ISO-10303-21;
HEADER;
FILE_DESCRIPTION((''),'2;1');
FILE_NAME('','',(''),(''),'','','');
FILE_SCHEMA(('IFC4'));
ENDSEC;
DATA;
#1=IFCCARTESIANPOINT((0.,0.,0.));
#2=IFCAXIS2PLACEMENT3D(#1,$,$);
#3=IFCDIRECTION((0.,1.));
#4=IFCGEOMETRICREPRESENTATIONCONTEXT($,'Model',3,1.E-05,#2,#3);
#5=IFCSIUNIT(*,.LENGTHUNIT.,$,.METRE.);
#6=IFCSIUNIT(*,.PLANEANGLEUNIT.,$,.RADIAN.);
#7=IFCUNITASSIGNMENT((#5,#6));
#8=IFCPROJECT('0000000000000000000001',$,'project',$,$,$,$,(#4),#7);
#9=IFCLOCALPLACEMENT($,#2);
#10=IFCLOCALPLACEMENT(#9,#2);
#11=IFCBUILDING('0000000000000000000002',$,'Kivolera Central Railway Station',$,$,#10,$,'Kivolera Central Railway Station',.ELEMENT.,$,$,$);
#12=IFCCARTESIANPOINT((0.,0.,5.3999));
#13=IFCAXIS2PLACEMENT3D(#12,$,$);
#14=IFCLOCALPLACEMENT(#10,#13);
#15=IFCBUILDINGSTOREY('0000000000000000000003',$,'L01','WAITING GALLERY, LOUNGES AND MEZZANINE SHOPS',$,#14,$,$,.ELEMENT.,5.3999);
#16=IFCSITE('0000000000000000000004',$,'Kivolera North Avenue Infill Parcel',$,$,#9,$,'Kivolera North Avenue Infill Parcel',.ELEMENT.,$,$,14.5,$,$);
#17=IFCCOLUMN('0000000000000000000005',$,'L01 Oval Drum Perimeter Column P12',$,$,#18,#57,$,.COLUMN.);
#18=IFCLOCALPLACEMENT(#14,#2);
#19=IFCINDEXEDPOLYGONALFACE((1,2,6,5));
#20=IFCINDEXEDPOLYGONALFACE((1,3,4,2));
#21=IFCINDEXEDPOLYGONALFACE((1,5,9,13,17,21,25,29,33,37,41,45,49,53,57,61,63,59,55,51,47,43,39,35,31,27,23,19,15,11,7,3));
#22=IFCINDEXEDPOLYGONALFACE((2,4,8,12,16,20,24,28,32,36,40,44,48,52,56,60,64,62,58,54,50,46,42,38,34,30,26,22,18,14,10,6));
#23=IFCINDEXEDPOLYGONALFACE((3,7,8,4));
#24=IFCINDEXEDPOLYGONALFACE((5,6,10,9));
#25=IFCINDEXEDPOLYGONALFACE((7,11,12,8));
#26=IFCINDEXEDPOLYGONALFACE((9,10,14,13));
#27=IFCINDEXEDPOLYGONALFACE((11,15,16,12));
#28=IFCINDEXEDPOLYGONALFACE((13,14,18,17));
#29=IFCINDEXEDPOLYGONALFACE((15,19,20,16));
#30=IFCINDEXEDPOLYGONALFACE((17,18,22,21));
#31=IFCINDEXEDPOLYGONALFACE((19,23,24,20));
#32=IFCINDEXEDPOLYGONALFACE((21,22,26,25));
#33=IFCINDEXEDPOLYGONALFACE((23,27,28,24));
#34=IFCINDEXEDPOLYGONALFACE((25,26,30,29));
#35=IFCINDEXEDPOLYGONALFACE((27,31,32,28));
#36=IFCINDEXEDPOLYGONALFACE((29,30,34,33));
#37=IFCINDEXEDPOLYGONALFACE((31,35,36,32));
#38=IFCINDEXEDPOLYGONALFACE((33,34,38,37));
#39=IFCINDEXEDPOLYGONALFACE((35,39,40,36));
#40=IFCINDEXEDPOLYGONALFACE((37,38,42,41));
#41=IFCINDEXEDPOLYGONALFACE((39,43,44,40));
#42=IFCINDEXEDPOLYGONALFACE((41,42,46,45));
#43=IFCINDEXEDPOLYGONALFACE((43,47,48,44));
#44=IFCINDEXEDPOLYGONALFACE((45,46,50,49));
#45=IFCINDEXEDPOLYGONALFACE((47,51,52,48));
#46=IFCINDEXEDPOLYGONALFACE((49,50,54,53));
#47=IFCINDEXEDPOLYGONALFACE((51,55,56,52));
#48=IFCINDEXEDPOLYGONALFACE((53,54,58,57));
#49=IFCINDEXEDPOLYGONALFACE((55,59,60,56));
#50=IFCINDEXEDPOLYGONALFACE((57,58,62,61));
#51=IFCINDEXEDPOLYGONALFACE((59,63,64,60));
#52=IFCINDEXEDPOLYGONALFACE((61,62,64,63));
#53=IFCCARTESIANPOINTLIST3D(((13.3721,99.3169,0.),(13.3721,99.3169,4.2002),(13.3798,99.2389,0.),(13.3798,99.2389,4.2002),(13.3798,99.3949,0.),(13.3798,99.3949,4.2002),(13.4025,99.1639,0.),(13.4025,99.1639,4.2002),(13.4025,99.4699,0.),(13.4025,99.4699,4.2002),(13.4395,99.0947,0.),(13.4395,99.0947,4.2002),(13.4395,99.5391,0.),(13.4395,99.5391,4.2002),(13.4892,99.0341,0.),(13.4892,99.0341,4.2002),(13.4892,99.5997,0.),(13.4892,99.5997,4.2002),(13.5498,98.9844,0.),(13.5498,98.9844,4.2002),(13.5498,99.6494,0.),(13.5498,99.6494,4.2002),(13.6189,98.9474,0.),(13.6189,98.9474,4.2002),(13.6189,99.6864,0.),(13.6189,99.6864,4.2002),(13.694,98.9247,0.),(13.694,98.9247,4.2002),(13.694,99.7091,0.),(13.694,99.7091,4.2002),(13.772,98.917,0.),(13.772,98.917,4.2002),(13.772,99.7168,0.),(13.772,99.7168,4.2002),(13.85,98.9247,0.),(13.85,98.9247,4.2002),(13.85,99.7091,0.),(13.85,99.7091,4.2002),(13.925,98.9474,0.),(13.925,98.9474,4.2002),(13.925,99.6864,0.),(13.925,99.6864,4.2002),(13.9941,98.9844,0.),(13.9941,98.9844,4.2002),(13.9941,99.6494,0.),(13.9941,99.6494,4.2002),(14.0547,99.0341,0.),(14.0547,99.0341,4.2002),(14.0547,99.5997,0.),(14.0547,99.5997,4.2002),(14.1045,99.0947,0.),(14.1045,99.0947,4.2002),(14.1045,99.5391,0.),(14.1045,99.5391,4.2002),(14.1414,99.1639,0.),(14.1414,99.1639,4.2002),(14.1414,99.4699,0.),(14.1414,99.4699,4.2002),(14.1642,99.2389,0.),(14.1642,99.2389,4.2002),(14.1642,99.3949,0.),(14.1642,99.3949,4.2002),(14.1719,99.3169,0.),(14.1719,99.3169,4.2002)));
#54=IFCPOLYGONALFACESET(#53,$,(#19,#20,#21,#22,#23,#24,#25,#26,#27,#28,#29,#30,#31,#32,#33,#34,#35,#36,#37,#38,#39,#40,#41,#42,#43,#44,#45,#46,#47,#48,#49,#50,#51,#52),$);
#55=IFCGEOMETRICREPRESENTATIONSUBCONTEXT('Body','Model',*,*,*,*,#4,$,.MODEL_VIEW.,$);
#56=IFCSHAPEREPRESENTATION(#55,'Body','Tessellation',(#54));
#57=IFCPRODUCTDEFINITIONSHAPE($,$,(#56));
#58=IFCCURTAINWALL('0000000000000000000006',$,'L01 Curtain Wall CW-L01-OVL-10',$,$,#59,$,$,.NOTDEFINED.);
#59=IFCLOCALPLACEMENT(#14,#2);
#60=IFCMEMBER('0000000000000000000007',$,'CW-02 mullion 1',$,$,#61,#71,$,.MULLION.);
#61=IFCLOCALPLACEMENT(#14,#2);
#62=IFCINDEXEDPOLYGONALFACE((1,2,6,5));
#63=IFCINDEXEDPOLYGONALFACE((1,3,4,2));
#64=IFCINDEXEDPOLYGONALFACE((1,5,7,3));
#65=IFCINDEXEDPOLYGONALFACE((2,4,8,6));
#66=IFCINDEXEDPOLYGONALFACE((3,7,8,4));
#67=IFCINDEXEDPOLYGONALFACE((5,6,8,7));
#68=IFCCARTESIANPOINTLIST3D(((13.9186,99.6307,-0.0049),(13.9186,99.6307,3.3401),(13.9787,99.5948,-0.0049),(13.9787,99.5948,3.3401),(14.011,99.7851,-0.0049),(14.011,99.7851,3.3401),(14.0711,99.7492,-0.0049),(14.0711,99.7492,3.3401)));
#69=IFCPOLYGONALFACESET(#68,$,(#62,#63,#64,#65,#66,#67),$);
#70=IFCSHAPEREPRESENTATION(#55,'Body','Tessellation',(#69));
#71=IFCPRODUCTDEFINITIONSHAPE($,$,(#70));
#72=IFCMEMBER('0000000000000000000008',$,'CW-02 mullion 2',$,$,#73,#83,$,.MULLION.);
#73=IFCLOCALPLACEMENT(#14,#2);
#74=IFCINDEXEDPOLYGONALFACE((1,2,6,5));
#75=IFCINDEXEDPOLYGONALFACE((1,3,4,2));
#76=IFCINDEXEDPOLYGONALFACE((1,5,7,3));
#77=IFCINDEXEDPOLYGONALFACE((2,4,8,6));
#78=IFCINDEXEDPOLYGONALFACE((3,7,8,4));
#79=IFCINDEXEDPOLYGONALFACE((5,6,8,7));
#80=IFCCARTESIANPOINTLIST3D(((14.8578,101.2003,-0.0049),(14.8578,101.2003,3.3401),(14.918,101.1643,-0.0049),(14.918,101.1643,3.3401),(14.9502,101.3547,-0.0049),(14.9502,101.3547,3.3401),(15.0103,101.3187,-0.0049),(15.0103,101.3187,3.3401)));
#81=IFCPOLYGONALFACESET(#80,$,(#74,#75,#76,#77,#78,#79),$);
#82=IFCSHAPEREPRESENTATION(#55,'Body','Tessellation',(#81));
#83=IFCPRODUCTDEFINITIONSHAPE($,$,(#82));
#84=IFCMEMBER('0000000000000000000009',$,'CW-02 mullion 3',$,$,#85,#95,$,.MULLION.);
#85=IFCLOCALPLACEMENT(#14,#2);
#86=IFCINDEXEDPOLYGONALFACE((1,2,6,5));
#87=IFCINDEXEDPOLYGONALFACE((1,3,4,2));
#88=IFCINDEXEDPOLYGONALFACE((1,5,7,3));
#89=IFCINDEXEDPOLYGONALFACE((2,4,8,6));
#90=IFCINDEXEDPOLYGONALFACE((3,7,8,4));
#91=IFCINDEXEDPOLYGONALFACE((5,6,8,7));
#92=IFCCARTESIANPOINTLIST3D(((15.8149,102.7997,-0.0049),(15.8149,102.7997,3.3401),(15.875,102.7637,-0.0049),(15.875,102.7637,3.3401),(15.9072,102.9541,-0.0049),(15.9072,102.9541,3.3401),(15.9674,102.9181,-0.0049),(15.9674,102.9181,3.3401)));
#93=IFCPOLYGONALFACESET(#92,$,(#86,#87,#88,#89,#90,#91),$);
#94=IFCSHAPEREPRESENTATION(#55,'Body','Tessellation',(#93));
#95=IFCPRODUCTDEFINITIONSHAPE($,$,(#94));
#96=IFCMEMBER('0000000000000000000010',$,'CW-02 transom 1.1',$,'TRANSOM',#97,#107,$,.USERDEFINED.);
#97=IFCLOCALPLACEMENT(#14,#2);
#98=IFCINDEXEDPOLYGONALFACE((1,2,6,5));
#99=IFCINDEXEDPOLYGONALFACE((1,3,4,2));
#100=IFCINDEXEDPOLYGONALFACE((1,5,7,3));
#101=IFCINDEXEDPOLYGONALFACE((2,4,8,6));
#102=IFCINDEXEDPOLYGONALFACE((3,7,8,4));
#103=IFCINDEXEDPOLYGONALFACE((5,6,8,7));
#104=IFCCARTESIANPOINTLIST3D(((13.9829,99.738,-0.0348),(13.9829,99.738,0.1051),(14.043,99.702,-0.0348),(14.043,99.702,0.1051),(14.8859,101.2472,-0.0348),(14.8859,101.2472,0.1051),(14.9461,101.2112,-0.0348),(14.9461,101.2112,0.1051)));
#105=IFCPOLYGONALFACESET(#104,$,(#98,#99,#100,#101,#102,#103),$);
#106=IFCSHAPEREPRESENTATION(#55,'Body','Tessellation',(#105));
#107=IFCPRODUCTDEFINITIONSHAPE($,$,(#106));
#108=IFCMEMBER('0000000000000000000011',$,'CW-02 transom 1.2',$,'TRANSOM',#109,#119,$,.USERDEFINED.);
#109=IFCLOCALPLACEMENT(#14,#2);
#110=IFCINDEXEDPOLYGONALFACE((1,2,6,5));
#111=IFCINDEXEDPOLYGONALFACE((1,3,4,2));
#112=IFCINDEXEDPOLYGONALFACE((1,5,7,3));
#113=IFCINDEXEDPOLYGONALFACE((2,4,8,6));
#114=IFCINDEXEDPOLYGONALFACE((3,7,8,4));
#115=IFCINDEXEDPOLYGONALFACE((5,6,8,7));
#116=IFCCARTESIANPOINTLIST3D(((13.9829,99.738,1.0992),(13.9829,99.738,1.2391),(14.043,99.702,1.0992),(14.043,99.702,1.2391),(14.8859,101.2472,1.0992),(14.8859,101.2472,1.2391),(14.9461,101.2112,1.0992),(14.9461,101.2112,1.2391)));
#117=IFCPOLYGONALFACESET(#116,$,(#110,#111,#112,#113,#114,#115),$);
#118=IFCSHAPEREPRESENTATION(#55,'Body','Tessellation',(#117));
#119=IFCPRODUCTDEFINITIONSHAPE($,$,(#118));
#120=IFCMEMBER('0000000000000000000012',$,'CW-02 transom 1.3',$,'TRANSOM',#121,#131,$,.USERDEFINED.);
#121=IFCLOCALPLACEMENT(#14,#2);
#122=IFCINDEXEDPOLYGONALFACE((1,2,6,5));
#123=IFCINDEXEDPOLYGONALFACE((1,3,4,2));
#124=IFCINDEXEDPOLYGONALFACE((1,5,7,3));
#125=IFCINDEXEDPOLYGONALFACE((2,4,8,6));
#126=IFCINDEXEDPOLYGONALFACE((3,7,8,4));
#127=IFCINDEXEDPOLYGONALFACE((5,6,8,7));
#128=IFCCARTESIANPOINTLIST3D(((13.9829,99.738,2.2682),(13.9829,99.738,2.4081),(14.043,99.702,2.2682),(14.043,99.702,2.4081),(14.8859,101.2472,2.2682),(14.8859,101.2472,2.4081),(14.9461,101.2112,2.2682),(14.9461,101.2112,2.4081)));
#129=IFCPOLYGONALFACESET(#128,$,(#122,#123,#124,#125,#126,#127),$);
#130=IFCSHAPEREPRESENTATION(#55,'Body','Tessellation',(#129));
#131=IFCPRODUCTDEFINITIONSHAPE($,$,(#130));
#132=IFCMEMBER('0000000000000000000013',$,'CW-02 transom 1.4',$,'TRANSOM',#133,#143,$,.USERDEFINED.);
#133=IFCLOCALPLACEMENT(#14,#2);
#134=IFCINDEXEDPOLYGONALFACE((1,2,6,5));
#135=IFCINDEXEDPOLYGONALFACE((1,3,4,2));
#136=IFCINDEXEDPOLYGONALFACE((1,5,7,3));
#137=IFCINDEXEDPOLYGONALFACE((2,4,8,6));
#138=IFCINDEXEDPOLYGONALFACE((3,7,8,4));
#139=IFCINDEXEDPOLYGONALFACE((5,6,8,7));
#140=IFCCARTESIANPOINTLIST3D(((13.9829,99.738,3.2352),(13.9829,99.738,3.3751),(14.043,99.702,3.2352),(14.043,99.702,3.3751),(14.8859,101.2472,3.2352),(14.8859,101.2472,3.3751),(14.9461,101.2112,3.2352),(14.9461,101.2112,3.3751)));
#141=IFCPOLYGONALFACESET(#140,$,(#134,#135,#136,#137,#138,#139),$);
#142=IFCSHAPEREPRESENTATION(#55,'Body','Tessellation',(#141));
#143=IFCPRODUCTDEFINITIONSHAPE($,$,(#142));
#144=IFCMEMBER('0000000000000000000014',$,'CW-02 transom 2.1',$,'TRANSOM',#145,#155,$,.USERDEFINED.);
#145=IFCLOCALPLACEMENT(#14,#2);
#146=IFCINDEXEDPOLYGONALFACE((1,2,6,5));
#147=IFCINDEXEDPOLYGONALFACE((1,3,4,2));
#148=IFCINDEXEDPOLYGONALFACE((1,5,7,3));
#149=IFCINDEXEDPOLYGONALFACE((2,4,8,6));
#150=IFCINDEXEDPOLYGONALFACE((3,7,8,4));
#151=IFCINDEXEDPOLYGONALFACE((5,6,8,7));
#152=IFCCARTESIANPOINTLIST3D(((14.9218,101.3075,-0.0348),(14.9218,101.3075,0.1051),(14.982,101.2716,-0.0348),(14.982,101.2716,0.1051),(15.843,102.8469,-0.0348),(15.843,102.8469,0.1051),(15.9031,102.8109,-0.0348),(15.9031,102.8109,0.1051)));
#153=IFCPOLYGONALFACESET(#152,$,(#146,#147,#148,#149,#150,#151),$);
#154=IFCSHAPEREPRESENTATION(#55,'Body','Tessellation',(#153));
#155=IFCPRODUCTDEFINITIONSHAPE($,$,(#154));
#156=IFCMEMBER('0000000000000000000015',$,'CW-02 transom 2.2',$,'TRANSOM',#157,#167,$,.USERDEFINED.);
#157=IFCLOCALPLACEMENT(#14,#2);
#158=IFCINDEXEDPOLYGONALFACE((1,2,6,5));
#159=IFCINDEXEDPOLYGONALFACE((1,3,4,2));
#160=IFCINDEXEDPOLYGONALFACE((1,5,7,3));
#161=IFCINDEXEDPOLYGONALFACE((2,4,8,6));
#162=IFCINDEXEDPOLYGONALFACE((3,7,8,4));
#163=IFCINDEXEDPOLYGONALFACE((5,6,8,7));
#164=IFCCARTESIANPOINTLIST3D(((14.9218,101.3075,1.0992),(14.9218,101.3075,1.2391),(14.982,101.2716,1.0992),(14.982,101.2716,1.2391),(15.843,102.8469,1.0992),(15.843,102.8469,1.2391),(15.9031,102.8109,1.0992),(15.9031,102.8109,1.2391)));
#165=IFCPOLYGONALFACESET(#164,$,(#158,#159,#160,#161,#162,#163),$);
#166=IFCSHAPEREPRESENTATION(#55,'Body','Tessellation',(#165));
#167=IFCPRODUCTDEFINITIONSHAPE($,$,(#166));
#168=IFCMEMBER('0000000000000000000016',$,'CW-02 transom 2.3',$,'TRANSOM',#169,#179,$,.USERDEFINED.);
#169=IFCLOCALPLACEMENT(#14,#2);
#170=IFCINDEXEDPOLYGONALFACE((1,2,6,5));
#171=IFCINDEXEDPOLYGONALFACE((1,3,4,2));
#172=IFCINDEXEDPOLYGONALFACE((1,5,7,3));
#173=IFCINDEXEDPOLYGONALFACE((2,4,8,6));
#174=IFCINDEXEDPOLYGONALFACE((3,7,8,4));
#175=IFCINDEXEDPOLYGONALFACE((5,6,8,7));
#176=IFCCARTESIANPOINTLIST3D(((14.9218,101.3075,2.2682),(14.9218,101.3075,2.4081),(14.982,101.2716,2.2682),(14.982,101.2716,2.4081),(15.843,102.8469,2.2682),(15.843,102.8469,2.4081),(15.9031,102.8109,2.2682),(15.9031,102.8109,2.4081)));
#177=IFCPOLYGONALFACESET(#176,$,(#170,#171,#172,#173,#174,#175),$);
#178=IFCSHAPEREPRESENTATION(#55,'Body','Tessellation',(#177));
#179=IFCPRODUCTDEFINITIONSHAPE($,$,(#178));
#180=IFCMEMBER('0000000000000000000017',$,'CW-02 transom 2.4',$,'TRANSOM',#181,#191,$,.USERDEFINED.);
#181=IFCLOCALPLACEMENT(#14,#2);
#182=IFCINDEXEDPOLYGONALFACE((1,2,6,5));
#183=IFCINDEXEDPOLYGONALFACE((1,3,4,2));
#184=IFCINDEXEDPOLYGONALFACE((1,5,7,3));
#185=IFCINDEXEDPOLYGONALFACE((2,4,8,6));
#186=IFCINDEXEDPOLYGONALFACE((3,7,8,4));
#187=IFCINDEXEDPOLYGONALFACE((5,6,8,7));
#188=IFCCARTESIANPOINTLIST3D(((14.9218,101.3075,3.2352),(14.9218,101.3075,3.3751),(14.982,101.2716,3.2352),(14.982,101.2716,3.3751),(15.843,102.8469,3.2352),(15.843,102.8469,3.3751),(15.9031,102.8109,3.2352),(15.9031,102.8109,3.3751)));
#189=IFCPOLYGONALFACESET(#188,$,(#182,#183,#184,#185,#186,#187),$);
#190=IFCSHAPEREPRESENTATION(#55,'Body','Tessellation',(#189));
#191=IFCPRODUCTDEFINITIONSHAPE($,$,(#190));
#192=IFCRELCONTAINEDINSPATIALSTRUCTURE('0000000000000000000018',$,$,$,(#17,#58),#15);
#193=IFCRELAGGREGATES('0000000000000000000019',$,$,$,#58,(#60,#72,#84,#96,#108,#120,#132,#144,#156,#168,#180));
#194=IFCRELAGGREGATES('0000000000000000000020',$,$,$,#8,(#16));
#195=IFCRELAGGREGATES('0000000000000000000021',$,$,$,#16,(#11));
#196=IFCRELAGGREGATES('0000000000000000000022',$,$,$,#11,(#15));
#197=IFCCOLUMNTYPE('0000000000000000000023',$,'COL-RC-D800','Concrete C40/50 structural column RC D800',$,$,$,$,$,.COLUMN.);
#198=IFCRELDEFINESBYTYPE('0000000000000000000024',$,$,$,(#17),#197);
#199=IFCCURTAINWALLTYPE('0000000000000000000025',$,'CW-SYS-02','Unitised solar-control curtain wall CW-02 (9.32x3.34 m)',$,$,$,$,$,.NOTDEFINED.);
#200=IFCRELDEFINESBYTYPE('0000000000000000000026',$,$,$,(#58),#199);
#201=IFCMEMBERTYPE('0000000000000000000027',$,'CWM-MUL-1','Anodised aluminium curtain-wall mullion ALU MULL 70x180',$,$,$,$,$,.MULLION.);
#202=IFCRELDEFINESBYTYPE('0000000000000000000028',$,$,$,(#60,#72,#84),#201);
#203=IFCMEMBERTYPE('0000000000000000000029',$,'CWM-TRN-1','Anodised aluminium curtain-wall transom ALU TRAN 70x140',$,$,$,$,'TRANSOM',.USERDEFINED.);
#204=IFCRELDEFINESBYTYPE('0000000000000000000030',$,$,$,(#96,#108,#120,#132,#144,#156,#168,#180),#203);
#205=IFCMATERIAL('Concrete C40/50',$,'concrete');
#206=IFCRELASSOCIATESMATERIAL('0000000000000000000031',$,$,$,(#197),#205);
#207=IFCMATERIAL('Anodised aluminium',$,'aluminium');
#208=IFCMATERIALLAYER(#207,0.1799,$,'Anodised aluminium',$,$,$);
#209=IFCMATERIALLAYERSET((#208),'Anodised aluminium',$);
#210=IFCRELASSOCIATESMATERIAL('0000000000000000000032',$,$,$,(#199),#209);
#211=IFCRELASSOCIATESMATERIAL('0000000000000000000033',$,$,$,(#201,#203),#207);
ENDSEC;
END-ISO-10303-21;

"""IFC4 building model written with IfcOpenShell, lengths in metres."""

from ifc_helpers import new_model, si_unit, direction, frame, origin, origin_2d, place, context, subcontext, project, spatial, rectangle, circle, extrude, material, layer, layer_set, material_profile, profile_set, type_object, element, aggregate, save


model = new_model("IFC4")

# Units and contexts
model_context = context("Model", 3, precision=1e-05, world=origin(), true_north=direction((0.0, 1.0)))
body_context = subcontext(model_context, "Body", "Model", "MODEL_VIEW")
ifc_project = project(units=[si_unit("LENGTHUNIT", "METRE"), si_unit("PLANEANGLEUNIT", "RADIAN")], contexts=[model_context])

# Site, building, storey
site_placement = place(None, origin())
site = spatial("IfcSite", under=ifc_project, at=site_placement, Name="Kivolera North Avenue Infill Parcel", LongName="Kivolera North Avenue Infill Parcel", CompositionType="ELEMENT", RefElevation=14.5)
building_placement = place(site_placement, origin())
building = spatial("IfcBuilding", under=site, at=building_placement, Name="Kivolera Central Railway Station", LongName="Kivolera Central Railway Station", CompositionType="ELEMENT")
storey_placement = place(building_placement, frame((0.0, 0.0, 5.3999)))
storey = spatial("IfcBuildingStorey", under=building, at=storey_placement, Name="L01", Description="WAITING GALLERY, LOUNGES AND MEZZANINE SHOPS", CompositionType="ELEMENT", Elevation=5.3999)

# Column
ifc_material_1 = material(Name="Concrete C40/50", Category="concrete")
ifc_material_profile_1 = material_profile(ifc_material_1, circle(Radius=0.3999, at=origin_2d()), Name="RC D800")
ifc_profile_set_1 = profile_set([ifc_material_profile_1], Name="Concrete C40/50")
column_type = type_object("IfcColumnType", Name="COL-RC-D800", Description="Concrete C40/50 structural column RC D800", PredefinedType="COLUMN", material=ifc_profile_set_1)
column_placement = place(storey_placement, frame((13.772, 99.3169, 0.0), z_axis=(0.0, 0.0, 1.0), x_axis=(1.0, 0.0, 0.0)))
element("IfcColumn", 1, at=column_placement, inside=storey, type_object=column_type, Name="L01 Oval Drum Perimeter Column P12", PredefinedType="COLUMN", context=body_context, shape_type="SweptSolid", body=[
    extrude(circle(Radius=0.3999, at=origin_2d()), origin(), (0.0, 0.0, 1.0), 4.2002),
])

# Curtain wall, members
ifc_material_2 = material(Name="Anodised aluminium", Category="aluminium")
ifc_layer_1 = layer(ifc_material_2, 0.1799, Name="Anodised aluminium")
ifc_layer_set_1 = layer_set([ifc_layer_1], Name="Anodised aluminium")
curtain_wall_type = type_object("IfcCurtainWallType", Name="CW-SYS-02", Description="Unitised solar-control curtain wall CW-02 (9.32x3.34 m)", PredefinedType="NOTDEFINED", material=ifc_layer_set_1)
curtain_wall_placement = place(storey_placement, origin())
curtain_wall = element("IfcCurtainWall", 2, at=curtain_wall_placement, inside=storey, type_object=curtain_wall_type, Name="L01 Curtain Wall CW-L01-OVL-10", PredefinedType="NOTDEFINED")
ifc_material_profile_2 = material_profile(ifc_material_2, rectangle(XDim=0.0701, YDim=0.1799, at=origin_2d()), Name="ALU MULL 70x180")
ifc_profile_set_2 = profile_set([ifc_material_profile_2], Name="Anodised aluminium")
member_type_1 = type_object("IfcMemberType", Name="CWM-MUL-1", Description="Anodised aluminium curtain-wall mullion ALU MULL 70x180", PredefinedType="MULLION", material=ifc_profile_set_2)
member_1_placement = place(storey_placement, frame((13.9949, 99.6899, -0.0049), z_axis=(0.0, 0.0, 1.0), x_axis=(-0.858117, 0.513454, 0.0)))
member_1 = element("IfcMember", 3, at=member_1_placement, type_object=member_type_1, Name="CW-02 mullion 1", PredefinedType="MULLION", context=body_context, shape_type="SweptSolid", body=[
    extrude(rectangle(XDim=0.0701, YDim=0.1799, at=origin_2d()), origin(), (0.0, 0.0, 1.0), 3.345),
])
member_2_placement = place(storey_placement, frame((14.9341, 101.2595, -0.0049), z_axis=(0.0, 0.0, 1.0), x_axis=(-0.858117, 0.513454, 0.0)))
member_2 = element("IfcMember", 4, at=member_2_placement, type_object=member_type_1, Name="CW-02 mullion 2", PredefinedType="MULLION", context=body_context, shape_type="SweptSolid", body=[
    extrude(rectangle(XDim=0.0701, YDim=0.1799, at=origin_2d()), origin(), (0.0, 0.0, 1.0), 3.345),
])
member_3_placement = place(storey_placement, frame((15.8911, 102.8589, -0.0049), z_axis=(0.0, 0.0, 1.0), x_axis=(-0.858117, 0.513454, 0.0)))
member_3 = element("IfcMember", 5, at=member_3_placement, type_object=member_type_1, Name="CW-02 mullion 3", PredefinedType="MULLION", context=body_context, shape_type="SweptSolid", body=[
    extrude(rectangle(XDim=0.0701, YDim=0.1799, at=origin_2d()), origin(), (0.0, 0.0, 1.0), 3.345),
])
ifc_material_profile_3 = material_profile(ifc_material_2, rectangle(XDim=0.0701, YDim=0.1399, at=origin_2d()), Name="ALU TRAN 70x140")
ifc_profile_set_3 = profile_set([ifc_material_profile_3], Name="Anodised aluminium")
member_type_2 = type_object("IfcMemberType", Name="CWM-TRN-1", Description="Anodised aluminium curtain-wall transom ALU TRAN 70x140", ElementType="TRANSOM", PredefinedType="USERDEFINED", material=ifc_profile_set_3)
member_4_placement = place(storey_placement, frame((14.0129, 99.72, 0.0352), z_axis=(0.513454, 0.858117, 0.0), x_axis=(-0.858117, 0.513454, 0.0)))
member_4 = element("IfcMember", 6, at=member_4_placement, type_object=member_type_2, Name="CW-02 transom 1.1", ObjectType="TRANSOM", PredefinedType="USERDEFINED", context=body_context, shape_type="SweptSolid", body=[
    extrude(rectangle(XDim=0.0701, YDim=0.1399, at=origin_2d()), origin(), (0.0, 0.0, 1.0), 1.7588),
])
member_5_placement = place(storey_placement, frame((14.0129, 99.72, 1.1692), z_axis=(0.513454, 0.858117, 0.0), x_axis=(-0.858117, 0.513454, 0.0)))
member_5 = element("IfcMember", 7, at=member_5_placement, type_object=member_type_2, Name="CW-02 transom 1.2", ObjectType="TRANSOM", PredefinedType="USERDEFINED", context=body_context, shape_type="SweptSolid", body=[
    extrude(rectangle(XDim=0.0701, YDim=0.1399, at=origin_2d()), origin(), (0.0, 0.0, 1.0), 1.7588),
])
member_6_placement = place(storey_placement, frame((14.0129, 99.72, 2.3381), z_axis=(0.513454, 0.858117, 0.0), x_axis=(-0.858117, 0.513454, 0.0)))
member_6 = element("IfcMember", 8, at=member_6_placement, type_object=member_type_2, Name="CW-02 transom 1.3", ObjectType="TRANSOM", PredefinedType="USERDEFINED", context=body_context, shape_type="SweptSolid", body=[
    extrude(rectangle(XDim=0.0701, YDim=0.1399, at=origin_2d()), origin(), (0.0, 0.0, 1.0), 1.7588),
])
member_7_placement = place(storey_placement, frame((14.0129, 99.72, 3.3052), z_axis=(0.513454, 0.858117, 0.0), x_axis=(-0.858117, 0.513454, 0.0)))
member_7 = element("IfcMember", 9, at=member_7_placement, type_object=member_type_2, Name="CW-02 transom 1.4", ObjectType="TRANSOM", PredefinedType="USERDEFINED", context=body_context, shape_type="SweptSolid", body=[
    extrude(rectangle(XDim=0.0701, YDim=0.1399, at=origin_2d()), origin(), (0.0, 0.0, 1.0), 1.7588),
])
member_8_placement = place(storey_placement, frame((14.9519, 101.2896, 0.0352), z_axis=(0.513495, 0.858093, 0.0), x_axis=(-0.858093, 0.513495, 0.0)))
member_8 = element("IfcMember", 10, at=member_8_placement, type_object=member_type_2, Name="CW-02 transom 2.1", ObjectType="TRANSOM", PredefinedType="USERDEFINED", context=body_context, shape_type="SweptSolid", body=[
    extrude(rectangle(XDim=0.0701, YDim=0.1399, at=origin_2d()), origin(), (0.0, 0.0, 1.0), 1.7939),
])
member_9_placement = place(storey_placement, frame((14.9519, 101.2896, 1.1692), z_axis=(0.513495, 0.858093, 0.0), x_axis=(-0.858093, 0.513495, 0.0)))
member_9 = element("IfcMember", 11, at=member_9_placement, type_object=member_type_2, Name="CW-02 transom 2.2", ObjectType="TRANSOM", PredefinedType="USERDEFINED", context=body_context, shape_type="SweptSolid", body=[
    extrude(rectangle(XDim=0.0701, YDim=0.1399, at=origin_2d()), origin(), (0.0, 0.0, 1.0), 1.7939),
])
member_10_placement = place(storey_placement, frame((14.9519, 101.2896, 2.3381), z_axis=(0.513495, 0.858093, 0.0), x_axis=(-0.858093, 0.513495, 0.0)))
member_10 = element("IfcMember", 12, at=member_10_placement, type_object=member_type_2, Name="CW-02 transom 2.3", ObjectType="TRANSOM", PredefinedType="USERDEFINED", context=body_context, shape_type="SweptSolid", body=[
    extrude(rectangle(XDim=0.0701, YDim=0.1399, at=origin_2d()), origin(), (0.0, 0.0, 1.0), 1.7939),
])
member_11_placement = place(storey_placement, frame((14.9519, 101.2896, 3.3052), z_axis=(0.513495, 0.858093, 0.0), x_axis=(-0.858093, 0.513495, 0.0)))
member_11 = element("IfcMember", 13, at=member_11_placement, type_object=member_type_2, Name="CW-02 transom 2.4", ObjectType="TRANSOM", PredefinedType="USERDEFINED", context=body_context, shape_type="SweptSolid", body=[
    extrude(rectangle(XDim=0.0701, YDim=0.1399, at=origin_2d()), origin(), (0.0, 0.0, 1.0), 1.7939),
])
aggregate(curtain_wall, [member_1, member_2, member_3, member_4, member_5, member_6, member_7, member_8, member_9, member_10, member_11])

save(model, "model.ifc")
